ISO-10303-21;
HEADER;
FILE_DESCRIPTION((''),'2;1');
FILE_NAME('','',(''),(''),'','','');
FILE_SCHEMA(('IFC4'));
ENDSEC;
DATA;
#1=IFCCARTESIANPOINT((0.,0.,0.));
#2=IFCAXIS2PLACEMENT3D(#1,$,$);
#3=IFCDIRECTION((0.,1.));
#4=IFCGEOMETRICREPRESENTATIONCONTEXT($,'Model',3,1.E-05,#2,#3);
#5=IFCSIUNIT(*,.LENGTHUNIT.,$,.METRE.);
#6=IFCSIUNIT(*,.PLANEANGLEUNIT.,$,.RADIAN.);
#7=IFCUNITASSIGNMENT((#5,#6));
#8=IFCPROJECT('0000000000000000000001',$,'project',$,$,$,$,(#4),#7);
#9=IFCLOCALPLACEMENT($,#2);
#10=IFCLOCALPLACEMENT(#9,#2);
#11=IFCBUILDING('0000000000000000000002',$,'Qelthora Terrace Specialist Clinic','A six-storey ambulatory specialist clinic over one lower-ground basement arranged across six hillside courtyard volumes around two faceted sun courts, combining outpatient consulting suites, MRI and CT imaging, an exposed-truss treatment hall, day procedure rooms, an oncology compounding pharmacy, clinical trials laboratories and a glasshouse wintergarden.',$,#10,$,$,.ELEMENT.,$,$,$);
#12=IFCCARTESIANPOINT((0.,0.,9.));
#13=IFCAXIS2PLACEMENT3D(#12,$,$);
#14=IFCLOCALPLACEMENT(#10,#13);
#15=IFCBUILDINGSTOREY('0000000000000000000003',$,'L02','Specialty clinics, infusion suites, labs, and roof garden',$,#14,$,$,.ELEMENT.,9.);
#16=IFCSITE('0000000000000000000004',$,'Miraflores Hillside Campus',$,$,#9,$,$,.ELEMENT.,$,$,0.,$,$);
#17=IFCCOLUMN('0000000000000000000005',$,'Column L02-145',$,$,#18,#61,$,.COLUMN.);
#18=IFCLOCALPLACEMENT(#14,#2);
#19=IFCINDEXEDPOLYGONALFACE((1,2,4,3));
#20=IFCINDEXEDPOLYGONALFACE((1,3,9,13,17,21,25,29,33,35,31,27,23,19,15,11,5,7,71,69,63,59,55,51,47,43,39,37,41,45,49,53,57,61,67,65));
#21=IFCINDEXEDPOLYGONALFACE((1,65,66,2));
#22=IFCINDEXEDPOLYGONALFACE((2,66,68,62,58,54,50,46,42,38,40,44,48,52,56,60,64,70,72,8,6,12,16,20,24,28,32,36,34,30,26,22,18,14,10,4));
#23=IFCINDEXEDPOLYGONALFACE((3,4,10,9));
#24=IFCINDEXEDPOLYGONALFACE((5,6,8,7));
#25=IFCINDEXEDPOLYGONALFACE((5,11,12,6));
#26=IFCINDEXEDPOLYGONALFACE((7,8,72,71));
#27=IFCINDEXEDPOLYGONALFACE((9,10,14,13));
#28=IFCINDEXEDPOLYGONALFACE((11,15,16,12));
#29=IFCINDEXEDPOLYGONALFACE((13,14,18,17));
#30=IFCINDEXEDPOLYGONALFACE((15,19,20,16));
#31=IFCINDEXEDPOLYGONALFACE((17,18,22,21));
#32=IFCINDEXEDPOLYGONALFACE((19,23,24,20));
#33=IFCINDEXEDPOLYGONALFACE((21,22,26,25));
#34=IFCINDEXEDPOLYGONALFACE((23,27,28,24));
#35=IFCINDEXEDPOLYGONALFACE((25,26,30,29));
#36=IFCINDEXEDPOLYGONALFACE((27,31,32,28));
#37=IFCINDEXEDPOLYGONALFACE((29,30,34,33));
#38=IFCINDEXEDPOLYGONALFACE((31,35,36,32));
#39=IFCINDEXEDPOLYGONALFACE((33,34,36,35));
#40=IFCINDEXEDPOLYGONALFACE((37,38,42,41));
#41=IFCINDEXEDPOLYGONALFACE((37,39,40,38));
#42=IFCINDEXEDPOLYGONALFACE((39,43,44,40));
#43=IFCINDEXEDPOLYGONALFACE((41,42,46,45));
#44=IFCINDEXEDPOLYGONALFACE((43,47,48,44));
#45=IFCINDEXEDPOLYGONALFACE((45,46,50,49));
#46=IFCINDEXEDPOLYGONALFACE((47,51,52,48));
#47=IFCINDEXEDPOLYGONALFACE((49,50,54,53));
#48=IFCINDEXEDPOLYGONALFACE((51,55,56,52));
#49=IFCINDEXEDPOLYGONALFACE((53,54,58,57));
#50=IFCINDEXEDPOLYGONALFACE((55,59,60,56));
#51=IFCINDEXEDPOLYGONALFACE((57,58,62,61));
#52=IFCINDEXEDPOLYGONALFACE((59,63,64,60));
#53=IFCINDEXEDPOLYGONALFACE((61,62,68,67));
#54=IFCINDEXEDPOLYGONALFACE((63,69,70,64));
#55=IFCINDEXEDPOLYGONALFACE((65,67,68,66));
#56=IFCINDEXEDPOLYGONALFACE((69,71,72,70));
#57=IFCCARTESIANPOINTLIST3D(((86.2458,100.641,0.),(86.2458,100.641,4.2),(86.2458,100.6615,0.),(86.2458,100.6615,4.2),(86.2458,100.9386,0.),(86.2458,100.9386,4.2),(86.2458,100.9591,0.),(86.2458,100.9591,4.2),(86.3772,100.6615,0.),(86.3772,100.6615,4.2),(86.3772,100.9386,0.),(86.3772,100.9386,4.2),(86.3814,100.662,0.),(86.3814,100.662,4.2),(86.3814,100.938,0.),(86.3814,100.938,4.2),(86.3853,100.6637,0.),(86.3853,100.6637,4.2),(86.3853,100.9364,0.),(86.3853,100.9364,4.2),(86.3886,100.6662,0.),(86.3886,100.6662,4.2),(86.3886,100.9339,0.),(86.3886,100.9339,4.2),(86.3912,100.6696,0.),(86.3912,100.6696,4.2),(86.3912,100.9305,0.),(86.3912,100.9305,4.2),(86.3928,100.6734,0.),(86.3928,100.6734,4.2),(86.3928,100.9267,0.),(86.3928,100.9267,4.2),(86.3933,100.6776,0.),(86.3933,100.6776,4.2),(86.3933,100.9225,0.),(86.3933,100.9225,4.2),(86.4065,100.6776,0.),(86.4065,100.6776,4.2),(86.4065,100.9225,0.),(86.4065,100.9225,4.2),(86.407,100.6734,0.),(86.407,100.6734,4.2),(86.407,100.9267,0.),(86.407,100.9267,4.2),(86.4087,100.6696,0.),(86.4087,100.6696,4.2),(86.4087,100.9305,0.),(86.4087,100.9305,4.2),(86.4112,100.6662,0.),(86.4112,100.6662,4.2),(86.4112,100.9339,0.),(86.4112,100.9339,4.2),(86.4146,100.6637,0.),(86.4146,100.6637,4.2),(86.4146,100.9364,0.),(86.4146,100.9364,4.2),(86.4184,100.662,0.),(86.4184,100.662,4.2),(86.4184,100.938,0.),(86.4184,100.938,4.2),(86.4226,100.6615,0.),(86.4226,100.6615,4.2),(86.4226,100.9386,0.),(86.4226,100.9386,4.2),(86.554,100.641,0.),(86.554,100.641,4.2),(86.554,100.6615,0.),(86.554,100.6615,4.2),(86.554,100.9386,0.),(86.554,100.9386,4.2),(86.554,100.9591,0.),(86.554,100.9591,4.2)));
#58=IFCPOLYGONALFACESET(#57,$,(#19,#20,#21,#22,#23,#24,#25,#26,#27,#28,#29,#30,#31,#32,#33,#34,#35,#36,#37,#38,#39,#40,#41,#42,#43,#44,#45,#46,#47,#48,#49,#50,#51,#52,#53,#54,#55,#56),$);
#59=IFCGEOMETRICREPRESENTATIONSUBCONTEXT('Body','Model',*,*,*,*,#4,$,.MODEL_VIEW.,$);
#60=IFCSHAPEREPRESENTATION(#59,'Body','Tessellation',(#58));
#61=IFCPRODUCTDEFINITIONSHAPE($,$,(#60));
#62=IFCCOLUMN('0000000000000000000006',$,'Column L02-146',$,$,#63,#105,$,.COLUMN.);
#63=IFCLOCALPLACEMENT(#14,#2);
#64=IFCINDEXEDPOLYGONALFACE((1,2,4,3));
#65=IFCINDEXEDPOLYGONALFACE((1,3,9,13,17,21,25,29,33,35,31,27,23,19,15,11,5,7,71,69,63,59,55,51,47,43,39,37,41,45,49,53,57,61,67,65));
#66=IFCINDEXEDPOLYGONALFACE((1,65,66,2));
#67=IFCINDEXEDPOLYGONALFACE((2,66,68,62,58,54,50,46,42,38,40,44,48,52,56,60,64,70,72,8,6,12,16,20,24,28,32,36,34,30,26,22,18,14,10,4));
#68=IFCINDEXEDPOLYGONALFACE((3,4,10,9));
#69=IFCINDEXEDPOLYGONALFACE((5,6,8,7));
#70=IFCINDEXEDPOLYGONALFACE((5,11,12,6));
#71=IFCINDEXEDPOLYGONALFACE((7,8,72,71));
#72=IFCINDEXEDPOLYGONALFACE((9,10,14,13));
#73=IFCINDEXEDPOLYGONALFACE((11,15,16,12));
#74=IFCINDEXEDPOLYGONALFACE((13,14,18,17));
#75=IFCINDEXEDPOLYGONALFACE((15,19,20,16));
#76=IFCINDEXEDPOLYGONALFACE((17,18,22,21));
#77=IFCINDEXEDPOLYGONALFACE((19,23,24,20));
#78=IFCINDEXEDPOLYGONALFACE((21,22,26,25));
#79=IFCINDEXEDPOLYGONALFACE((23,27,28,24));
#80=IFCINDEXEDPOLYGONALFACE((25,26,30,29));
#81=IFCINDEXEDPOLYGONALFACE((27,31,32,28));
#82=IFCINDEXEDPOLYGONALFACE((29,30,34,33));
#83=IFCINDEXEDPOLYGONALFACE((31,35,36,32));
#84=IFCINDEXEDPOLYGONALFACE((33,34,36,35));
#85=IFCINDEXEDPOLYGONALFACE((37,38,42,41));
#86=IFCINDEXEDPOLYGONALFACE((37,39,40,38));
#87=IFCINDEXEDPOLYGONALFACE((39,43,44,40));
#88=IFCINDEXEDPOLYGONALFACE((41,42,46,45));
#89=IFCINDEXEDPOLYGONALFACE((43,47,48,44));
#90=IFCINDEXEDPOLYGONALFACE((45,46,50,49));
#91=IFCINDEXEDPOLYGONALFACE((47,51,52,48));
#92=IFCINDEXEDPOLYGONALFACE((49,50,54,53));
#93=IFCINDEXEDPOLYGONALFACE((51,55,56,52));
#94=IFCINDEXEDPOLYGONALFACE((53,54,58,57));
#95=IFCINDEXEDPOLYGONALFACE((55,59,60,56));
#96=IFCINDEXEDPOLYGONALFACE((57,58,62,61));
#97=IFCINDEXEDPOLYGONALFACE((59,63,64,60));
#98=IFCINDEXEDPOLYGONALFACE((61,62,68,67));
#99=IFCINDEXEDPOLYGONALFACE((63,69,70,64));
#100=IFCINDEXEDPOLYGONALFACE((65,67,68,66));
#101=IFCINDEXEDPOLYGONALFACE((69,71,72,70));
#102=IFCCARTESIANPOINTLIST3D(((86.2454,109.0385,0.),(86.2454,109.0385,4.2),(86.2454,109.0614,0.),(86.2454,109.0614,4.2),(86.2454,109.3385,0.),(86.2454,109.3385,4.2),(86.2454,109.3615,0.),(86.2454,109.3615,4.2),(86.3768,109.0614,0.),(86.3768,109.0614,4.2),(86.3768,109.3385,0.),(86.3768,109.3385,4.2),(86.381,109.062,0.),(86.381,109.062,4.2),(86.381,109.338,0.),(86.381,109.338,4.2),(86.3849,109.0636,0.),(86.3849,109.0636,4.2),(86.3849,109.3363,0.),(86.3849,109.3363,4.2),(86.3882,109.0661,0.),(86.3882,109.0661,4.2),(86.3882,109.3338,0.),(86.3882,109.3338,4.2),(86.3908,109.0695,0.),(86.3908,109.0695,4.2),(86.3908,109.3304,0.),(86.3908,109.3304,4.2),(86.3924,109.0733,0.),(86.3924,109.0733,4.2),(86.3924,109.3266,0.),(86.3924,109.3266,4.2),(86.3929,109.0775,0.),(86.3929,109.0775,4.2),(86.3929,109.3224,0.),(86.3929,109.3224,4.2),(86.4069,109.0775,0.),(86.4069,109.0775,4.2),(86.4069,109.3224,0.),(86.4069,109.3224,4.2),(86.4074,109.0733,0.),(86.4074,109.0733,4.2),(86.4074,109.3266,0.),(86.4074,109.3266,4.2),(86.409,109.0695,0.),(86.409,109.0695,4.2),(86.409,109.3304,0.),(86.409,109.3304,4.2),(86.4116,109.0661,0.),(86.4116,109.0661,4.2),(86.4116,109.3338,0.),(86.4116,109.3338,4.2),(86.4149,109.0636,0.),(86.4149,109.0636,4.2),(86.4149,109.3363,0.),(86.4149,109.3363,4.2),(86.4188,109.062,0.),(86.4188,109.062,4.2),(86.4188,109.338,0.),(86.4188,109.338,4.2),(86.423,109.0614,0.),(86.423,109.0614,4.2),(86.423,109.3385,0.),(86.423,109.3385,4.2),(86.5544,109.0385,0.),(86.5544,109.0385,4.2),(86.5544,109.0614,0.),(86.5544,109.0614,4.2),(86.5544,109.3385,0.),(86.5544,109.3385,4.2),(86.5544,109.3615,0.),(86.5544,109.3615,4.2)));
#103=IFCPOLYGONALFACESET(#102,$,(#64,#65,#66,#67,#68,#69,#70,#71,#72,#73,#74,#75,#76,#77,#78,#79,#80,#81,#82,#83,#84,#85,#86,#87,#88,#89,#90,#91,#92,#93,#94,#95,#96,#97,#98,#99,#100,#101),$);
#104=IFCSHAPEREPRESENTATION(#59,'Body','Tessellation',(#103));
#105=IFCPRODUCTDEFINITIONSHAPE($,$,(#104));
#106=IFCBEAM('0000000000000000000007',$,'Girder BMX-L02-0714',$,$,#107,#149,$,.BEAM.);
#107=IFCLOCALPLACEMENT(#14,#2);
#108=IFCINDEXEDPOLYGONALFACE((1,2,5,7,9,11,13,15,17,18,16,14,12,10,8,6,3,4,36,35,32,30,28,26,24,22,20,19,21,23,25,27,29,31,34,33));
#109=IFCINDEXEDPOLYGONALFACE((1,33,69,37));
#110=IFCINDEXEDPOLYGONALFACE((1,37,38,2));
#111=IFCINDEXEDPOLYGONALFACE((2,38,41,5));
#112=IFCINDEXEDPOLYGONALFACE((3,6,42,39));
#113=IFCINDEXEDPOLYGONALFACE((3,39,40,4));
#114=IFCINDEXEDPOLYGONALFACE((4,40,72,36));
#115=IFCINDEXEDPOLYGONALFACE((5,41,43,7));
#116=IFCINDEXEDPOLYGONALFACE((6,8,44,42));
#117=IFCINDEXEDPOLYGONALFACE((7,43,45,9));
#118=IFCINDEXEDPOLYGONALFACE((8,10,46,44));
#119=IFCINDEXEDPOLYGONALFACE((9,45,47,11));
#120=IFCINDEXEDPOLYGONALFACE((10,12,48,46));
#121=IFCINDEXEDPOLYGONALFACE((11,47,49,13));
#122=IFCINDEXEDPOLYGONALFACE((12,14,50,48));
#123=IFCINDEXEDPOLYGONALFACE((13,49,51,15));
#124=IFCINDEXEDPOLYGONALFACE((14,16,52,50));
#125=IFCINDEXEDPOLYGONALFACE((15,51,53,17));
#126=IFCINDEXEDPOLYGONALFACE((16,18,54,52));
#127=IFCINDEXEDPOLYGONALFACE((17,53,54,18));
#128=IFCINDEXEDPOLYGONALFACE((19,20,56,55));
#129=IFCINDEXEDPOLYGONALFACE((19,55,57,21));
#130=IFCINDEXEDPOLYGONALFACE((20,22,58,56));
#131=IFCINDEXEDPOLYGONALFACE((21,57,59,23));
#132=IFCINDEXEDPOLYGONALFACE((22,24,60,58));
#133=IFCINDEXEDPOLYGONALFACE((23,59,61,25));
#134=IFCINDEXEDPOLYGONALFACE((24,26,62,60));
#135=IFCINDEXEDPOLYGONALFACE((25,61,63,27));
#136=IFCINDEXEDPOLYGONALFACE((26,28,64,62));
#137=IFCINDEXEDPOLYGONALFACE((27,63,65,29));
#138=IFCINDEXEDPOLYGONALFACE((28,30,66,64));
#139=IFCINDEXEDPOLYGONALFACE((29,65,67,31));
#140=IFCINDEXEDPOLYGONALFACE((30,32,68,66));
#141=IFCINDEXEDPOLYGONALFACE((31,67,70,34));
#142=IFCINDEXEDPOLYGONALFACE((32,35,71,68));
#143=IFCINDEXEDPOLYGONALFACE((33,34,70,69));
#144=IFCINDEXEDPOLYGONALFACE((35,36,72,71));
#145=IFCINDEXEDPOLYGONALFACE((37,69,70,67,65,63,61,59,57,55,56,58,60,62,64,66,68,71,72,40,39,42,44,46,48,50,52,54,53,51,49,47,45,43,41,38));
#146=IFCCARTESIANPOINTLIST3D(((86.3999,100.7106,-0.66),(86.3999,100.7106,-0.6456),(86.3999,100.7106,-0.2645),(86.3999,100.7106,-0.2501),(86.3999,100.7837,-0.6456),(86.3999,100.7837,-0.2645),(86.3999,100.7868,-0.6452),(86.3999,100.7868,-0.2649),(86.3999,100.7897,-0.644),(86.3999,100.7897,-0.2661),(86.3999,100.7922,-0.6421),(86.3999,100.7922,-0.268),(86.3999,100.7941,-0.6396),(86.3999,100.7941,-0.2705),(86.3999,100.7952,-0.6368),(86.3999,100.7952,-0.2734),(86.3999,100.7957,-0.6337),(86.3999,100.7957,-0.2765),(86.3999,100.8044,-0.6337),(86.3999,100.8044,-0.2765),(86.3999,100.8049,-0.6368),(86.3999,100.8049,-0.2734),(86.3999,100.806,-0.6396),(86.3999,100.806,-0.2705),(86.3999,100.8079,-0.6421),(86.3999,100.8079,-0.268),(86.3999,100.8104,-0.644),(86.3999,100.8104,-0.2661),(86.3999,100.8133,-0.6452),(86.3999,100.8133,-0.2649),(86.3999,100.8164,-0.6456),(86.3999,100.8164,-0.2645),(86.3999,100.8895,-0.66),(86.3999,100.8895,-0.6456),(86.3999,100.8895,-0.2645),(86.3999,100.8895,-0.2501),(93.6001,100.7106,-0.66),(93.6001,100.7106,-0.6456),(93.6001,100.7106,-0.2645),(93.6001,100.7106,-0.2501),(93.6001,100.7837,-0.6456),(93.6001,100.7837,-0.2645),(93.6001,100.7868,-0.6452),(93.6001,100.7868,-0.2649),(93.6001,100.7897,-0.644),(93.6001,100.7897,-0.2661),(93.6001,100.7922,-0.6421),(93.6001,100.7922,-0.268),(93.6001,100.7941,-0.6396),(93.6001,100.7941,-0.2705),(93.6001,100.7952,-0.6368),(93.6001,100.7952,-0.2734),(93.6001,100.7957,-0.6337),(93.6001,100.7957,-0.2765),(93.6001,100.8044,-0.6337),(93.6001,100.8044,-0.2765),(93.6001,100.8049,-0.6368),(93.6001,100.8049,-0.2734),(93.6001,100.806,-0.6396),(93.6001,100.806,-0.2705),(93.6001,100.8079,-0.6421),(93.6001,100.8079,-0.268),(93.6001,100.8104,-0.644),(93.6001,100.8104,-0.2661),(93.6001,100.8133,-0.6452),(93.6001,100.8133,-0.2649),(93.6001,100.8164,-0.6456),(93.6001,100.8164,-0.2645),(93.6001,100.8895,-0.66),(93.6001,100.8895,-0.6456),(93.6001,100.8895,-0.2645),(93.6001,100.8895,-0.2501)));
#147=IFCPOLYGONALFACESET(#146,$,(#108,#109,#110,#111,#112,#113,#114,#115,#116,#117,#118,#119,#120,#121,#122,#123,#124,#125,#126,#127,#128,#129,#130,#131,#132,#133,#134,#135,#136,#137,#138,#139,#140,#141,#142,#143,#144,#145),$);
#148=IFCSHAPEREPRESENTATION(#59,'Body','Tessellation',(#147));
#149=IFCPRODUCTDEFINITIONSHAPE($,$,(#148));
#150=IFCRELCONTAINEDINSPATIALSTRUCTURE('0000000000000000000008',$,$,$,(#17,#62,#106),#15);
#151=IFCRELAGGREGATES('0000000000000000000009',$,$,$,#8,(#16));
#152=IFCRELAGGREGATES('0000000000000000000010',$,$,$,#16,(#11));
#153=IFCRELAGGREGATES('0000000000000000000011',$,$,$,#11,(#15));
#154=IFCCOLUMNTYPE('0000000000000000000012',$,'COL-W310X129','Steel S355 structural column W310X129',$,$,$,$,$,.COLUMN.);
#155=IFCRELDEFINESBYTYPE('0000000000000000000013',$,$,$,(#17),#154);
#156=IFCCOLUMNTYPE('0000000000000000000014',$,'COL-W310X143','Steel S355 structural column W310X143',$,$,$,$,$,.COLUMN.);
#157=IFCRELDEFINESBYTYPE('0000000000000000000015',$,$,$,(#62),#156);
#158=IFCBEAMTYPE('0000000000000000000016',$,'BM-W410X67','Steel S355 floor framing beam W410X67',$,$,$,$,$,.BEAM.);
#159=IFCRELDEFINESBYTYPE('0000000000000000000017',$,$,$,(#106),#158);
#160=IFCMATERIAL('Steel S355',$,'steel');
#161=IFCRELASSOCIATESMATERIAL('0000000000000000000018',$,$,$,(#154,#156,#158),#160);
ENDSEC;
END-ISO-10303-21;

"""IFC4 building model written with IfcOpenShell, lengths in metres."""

from ifc_helpers import new_model, si_unit, direction, frame, origin, origin_2d, place, context, subcontext, project, spatial, i_section, extrude, material, material_profile, profile_set, type_object, element, save


model = new_model("IFC4")

# Units and contexts
model_context = context("Model", 3, precision=1e-05, world=origin(), true_north=direction((0.0, 1.0)))
body_context = subcontext(model_context, "Body", "Model", "MODEL_VIEW")
ifc_project = project(units=[si_unit("LENGTHUNIT", "METRE"), si_unit("PLANEANGLEUNIT", "RADIAN")], contexts=[model_context])

# Site, building, storey
site_placement = place(None, origin())
site = spatial("IfcSite", under=ifc_project, at=site_placement, Name="Miraflores Hillside Campus", CompositionType="ELEMENT", RefElevation=0.0)
building_placement = place(site_placement, origin())
building = spatial("IfcBuilding", under=site, at=building_placement, Name="Qelthora Terrace Specialist Clinic", Description="A six-storey ambulatory specialist clinic over one lower-ground basement arranged across six hillside courtyard volumes around two faceted sun courts, combining outpatient consulting suites, MRI and CT imaging, an exposed-truss treatment hall, day procedure rooms, an oncology compounding pharmacy, clinical trials laboratories and a glasshouse wintergarden.", CompositionType="ELEMENT")
storey_placement = place(building_placement, frame((0.0, 0.0, 9.0)))
storey = spatial("IfcBuildingStorey", under=building, at=storey_placement, Name="L02", Description="Specialty clinics, infusion suites, labs, and roof garden", CompositionType="ELEMENT", Elevation=9.0)

# Columns
ifc_material_1 = material(Name="Steel S355", Category="steel")
ifc_material_profile_1 = material_profile(ifc_material_1, i_section(OverallWidth=0.3081, OverallDepth=0.3181, WebThickness=0.0132, FlangeThickness=0.0205, FilletRadius=0.0161, at=origin_2d()), Name="W310X129")
ifc_profile_set_1 = profile_set([ifc_material_profile_1], Name="Steel S355")
column_type_1 = type_object("IfcColumnType", Name="COL-W310X129", Description="Steel S355 structural column W310X129", PredefinedType="COLUMN", material=ifc_profile_set_1)
column_1_placement = place(storey_placement, frame((86.3999, 100.8, 0.0), z_axis=(0.0, 0.0, 1.0), x_axis=(1.0, 0.0, 0.0)))
element("IfcColumn", 1, at=column_1_placement, inside=storey, type_object=column_type_1, Name="Column L02-145", PredefinedType="COLUMN", context=body_context, shape_type="SweptSolid", body=[
    extrude(i_section(OverallWidth=0.3081, OverallDepth=0.3181, WebThickness=0.0132, FlangeThickness=0.0205, FilletRadius=0.0161, at=origin_2d()), origin(), (0.0, 0.0, 1.0), 4.2),
])
ifc_material_profile_2 = material_profile(ifc_material_1, i_section(OverallWidth=0.3091, OverallDepth=0.323, WebThickness=0.0139, FlangeThickness=0.0229, FilletRadius=0.0161, at=origin_2d()), Name="W310X143")
ifc_profile_set_2 = profile_set([ifc_material_profile_2], Name="Steel S355")
column_type_2 = type_object("IfcColumnType", Name="COL-W310X143", Description="Steel S355 structural column W310X143", PredefinedType="COLUMN", material=ifc_profile_set_2)
column_2_placement = place(storey_placement, frame((86.3999, 109.2, 0.0), z_axis=(0.0, 0.0, 1.0), x_axis=(1.0, 0.0, 0.0)))
element("IfcColumn", 2, at=column_2_placement, inside=storey, type_object=column_type_2, Name="Column L02-146", PredefinedType="COLUMN", context=body_context, shape_type="SweptSolid", body=[
    extrude(i_section(OverallWidth=0.3091, OverallDepth=0.323, WebThickness=0.0139, FlangeThickness=0.0229, FilletRadius=0.0161, at=origin_2d()), origin(), (0.0, 0.0, 1.0), 4.2),
])

# Beam
ifc_material_profile_3 = material_profile(ifc_material_1, i_section(OverallWidth=0.179, OverallDepth=0.4099, WebThickness=0.0088, FlangeThickness=0.0144, FilletRadius=0.012, at=origin_2d()), Name="W410X67")
ifc_profile_set_3 = profile_set([ifc_material_profile_3], Name="Steel S355")
beam_type_1 = type_object("IfcBeamType", Name="BM-W410X67", Description="Steel S355 floor framing beam W410X67", PredefinedType="BEAM", material=ifc_profile_set_3)
beam_1_placement = place(storey_placement, frame((86.3999, 100.8, -0.4551), z_axis=(1.0, 0.0, 0.0), x_axis=(0.0, 1.0, 0.0)))
element("IfcBeam", 3, at=beam_1_placement, inside=storey, type_object=beam_type_1, Name="Girder BMX-L02-0714", PredefinedType="BEAM", context=body_context, shape_type="SweptSolid", body=[
    extrude(i_section(OverallWidth=0.179, OverallDepth=0.4099, WebThickness=0.0088, FlangeThickness=0.0144, FilletRadius=0.012, at=origin_2d()), origin(), (0.0, 0.0, 1.0), 7.2002),
])

save(model, "model.ifc")
